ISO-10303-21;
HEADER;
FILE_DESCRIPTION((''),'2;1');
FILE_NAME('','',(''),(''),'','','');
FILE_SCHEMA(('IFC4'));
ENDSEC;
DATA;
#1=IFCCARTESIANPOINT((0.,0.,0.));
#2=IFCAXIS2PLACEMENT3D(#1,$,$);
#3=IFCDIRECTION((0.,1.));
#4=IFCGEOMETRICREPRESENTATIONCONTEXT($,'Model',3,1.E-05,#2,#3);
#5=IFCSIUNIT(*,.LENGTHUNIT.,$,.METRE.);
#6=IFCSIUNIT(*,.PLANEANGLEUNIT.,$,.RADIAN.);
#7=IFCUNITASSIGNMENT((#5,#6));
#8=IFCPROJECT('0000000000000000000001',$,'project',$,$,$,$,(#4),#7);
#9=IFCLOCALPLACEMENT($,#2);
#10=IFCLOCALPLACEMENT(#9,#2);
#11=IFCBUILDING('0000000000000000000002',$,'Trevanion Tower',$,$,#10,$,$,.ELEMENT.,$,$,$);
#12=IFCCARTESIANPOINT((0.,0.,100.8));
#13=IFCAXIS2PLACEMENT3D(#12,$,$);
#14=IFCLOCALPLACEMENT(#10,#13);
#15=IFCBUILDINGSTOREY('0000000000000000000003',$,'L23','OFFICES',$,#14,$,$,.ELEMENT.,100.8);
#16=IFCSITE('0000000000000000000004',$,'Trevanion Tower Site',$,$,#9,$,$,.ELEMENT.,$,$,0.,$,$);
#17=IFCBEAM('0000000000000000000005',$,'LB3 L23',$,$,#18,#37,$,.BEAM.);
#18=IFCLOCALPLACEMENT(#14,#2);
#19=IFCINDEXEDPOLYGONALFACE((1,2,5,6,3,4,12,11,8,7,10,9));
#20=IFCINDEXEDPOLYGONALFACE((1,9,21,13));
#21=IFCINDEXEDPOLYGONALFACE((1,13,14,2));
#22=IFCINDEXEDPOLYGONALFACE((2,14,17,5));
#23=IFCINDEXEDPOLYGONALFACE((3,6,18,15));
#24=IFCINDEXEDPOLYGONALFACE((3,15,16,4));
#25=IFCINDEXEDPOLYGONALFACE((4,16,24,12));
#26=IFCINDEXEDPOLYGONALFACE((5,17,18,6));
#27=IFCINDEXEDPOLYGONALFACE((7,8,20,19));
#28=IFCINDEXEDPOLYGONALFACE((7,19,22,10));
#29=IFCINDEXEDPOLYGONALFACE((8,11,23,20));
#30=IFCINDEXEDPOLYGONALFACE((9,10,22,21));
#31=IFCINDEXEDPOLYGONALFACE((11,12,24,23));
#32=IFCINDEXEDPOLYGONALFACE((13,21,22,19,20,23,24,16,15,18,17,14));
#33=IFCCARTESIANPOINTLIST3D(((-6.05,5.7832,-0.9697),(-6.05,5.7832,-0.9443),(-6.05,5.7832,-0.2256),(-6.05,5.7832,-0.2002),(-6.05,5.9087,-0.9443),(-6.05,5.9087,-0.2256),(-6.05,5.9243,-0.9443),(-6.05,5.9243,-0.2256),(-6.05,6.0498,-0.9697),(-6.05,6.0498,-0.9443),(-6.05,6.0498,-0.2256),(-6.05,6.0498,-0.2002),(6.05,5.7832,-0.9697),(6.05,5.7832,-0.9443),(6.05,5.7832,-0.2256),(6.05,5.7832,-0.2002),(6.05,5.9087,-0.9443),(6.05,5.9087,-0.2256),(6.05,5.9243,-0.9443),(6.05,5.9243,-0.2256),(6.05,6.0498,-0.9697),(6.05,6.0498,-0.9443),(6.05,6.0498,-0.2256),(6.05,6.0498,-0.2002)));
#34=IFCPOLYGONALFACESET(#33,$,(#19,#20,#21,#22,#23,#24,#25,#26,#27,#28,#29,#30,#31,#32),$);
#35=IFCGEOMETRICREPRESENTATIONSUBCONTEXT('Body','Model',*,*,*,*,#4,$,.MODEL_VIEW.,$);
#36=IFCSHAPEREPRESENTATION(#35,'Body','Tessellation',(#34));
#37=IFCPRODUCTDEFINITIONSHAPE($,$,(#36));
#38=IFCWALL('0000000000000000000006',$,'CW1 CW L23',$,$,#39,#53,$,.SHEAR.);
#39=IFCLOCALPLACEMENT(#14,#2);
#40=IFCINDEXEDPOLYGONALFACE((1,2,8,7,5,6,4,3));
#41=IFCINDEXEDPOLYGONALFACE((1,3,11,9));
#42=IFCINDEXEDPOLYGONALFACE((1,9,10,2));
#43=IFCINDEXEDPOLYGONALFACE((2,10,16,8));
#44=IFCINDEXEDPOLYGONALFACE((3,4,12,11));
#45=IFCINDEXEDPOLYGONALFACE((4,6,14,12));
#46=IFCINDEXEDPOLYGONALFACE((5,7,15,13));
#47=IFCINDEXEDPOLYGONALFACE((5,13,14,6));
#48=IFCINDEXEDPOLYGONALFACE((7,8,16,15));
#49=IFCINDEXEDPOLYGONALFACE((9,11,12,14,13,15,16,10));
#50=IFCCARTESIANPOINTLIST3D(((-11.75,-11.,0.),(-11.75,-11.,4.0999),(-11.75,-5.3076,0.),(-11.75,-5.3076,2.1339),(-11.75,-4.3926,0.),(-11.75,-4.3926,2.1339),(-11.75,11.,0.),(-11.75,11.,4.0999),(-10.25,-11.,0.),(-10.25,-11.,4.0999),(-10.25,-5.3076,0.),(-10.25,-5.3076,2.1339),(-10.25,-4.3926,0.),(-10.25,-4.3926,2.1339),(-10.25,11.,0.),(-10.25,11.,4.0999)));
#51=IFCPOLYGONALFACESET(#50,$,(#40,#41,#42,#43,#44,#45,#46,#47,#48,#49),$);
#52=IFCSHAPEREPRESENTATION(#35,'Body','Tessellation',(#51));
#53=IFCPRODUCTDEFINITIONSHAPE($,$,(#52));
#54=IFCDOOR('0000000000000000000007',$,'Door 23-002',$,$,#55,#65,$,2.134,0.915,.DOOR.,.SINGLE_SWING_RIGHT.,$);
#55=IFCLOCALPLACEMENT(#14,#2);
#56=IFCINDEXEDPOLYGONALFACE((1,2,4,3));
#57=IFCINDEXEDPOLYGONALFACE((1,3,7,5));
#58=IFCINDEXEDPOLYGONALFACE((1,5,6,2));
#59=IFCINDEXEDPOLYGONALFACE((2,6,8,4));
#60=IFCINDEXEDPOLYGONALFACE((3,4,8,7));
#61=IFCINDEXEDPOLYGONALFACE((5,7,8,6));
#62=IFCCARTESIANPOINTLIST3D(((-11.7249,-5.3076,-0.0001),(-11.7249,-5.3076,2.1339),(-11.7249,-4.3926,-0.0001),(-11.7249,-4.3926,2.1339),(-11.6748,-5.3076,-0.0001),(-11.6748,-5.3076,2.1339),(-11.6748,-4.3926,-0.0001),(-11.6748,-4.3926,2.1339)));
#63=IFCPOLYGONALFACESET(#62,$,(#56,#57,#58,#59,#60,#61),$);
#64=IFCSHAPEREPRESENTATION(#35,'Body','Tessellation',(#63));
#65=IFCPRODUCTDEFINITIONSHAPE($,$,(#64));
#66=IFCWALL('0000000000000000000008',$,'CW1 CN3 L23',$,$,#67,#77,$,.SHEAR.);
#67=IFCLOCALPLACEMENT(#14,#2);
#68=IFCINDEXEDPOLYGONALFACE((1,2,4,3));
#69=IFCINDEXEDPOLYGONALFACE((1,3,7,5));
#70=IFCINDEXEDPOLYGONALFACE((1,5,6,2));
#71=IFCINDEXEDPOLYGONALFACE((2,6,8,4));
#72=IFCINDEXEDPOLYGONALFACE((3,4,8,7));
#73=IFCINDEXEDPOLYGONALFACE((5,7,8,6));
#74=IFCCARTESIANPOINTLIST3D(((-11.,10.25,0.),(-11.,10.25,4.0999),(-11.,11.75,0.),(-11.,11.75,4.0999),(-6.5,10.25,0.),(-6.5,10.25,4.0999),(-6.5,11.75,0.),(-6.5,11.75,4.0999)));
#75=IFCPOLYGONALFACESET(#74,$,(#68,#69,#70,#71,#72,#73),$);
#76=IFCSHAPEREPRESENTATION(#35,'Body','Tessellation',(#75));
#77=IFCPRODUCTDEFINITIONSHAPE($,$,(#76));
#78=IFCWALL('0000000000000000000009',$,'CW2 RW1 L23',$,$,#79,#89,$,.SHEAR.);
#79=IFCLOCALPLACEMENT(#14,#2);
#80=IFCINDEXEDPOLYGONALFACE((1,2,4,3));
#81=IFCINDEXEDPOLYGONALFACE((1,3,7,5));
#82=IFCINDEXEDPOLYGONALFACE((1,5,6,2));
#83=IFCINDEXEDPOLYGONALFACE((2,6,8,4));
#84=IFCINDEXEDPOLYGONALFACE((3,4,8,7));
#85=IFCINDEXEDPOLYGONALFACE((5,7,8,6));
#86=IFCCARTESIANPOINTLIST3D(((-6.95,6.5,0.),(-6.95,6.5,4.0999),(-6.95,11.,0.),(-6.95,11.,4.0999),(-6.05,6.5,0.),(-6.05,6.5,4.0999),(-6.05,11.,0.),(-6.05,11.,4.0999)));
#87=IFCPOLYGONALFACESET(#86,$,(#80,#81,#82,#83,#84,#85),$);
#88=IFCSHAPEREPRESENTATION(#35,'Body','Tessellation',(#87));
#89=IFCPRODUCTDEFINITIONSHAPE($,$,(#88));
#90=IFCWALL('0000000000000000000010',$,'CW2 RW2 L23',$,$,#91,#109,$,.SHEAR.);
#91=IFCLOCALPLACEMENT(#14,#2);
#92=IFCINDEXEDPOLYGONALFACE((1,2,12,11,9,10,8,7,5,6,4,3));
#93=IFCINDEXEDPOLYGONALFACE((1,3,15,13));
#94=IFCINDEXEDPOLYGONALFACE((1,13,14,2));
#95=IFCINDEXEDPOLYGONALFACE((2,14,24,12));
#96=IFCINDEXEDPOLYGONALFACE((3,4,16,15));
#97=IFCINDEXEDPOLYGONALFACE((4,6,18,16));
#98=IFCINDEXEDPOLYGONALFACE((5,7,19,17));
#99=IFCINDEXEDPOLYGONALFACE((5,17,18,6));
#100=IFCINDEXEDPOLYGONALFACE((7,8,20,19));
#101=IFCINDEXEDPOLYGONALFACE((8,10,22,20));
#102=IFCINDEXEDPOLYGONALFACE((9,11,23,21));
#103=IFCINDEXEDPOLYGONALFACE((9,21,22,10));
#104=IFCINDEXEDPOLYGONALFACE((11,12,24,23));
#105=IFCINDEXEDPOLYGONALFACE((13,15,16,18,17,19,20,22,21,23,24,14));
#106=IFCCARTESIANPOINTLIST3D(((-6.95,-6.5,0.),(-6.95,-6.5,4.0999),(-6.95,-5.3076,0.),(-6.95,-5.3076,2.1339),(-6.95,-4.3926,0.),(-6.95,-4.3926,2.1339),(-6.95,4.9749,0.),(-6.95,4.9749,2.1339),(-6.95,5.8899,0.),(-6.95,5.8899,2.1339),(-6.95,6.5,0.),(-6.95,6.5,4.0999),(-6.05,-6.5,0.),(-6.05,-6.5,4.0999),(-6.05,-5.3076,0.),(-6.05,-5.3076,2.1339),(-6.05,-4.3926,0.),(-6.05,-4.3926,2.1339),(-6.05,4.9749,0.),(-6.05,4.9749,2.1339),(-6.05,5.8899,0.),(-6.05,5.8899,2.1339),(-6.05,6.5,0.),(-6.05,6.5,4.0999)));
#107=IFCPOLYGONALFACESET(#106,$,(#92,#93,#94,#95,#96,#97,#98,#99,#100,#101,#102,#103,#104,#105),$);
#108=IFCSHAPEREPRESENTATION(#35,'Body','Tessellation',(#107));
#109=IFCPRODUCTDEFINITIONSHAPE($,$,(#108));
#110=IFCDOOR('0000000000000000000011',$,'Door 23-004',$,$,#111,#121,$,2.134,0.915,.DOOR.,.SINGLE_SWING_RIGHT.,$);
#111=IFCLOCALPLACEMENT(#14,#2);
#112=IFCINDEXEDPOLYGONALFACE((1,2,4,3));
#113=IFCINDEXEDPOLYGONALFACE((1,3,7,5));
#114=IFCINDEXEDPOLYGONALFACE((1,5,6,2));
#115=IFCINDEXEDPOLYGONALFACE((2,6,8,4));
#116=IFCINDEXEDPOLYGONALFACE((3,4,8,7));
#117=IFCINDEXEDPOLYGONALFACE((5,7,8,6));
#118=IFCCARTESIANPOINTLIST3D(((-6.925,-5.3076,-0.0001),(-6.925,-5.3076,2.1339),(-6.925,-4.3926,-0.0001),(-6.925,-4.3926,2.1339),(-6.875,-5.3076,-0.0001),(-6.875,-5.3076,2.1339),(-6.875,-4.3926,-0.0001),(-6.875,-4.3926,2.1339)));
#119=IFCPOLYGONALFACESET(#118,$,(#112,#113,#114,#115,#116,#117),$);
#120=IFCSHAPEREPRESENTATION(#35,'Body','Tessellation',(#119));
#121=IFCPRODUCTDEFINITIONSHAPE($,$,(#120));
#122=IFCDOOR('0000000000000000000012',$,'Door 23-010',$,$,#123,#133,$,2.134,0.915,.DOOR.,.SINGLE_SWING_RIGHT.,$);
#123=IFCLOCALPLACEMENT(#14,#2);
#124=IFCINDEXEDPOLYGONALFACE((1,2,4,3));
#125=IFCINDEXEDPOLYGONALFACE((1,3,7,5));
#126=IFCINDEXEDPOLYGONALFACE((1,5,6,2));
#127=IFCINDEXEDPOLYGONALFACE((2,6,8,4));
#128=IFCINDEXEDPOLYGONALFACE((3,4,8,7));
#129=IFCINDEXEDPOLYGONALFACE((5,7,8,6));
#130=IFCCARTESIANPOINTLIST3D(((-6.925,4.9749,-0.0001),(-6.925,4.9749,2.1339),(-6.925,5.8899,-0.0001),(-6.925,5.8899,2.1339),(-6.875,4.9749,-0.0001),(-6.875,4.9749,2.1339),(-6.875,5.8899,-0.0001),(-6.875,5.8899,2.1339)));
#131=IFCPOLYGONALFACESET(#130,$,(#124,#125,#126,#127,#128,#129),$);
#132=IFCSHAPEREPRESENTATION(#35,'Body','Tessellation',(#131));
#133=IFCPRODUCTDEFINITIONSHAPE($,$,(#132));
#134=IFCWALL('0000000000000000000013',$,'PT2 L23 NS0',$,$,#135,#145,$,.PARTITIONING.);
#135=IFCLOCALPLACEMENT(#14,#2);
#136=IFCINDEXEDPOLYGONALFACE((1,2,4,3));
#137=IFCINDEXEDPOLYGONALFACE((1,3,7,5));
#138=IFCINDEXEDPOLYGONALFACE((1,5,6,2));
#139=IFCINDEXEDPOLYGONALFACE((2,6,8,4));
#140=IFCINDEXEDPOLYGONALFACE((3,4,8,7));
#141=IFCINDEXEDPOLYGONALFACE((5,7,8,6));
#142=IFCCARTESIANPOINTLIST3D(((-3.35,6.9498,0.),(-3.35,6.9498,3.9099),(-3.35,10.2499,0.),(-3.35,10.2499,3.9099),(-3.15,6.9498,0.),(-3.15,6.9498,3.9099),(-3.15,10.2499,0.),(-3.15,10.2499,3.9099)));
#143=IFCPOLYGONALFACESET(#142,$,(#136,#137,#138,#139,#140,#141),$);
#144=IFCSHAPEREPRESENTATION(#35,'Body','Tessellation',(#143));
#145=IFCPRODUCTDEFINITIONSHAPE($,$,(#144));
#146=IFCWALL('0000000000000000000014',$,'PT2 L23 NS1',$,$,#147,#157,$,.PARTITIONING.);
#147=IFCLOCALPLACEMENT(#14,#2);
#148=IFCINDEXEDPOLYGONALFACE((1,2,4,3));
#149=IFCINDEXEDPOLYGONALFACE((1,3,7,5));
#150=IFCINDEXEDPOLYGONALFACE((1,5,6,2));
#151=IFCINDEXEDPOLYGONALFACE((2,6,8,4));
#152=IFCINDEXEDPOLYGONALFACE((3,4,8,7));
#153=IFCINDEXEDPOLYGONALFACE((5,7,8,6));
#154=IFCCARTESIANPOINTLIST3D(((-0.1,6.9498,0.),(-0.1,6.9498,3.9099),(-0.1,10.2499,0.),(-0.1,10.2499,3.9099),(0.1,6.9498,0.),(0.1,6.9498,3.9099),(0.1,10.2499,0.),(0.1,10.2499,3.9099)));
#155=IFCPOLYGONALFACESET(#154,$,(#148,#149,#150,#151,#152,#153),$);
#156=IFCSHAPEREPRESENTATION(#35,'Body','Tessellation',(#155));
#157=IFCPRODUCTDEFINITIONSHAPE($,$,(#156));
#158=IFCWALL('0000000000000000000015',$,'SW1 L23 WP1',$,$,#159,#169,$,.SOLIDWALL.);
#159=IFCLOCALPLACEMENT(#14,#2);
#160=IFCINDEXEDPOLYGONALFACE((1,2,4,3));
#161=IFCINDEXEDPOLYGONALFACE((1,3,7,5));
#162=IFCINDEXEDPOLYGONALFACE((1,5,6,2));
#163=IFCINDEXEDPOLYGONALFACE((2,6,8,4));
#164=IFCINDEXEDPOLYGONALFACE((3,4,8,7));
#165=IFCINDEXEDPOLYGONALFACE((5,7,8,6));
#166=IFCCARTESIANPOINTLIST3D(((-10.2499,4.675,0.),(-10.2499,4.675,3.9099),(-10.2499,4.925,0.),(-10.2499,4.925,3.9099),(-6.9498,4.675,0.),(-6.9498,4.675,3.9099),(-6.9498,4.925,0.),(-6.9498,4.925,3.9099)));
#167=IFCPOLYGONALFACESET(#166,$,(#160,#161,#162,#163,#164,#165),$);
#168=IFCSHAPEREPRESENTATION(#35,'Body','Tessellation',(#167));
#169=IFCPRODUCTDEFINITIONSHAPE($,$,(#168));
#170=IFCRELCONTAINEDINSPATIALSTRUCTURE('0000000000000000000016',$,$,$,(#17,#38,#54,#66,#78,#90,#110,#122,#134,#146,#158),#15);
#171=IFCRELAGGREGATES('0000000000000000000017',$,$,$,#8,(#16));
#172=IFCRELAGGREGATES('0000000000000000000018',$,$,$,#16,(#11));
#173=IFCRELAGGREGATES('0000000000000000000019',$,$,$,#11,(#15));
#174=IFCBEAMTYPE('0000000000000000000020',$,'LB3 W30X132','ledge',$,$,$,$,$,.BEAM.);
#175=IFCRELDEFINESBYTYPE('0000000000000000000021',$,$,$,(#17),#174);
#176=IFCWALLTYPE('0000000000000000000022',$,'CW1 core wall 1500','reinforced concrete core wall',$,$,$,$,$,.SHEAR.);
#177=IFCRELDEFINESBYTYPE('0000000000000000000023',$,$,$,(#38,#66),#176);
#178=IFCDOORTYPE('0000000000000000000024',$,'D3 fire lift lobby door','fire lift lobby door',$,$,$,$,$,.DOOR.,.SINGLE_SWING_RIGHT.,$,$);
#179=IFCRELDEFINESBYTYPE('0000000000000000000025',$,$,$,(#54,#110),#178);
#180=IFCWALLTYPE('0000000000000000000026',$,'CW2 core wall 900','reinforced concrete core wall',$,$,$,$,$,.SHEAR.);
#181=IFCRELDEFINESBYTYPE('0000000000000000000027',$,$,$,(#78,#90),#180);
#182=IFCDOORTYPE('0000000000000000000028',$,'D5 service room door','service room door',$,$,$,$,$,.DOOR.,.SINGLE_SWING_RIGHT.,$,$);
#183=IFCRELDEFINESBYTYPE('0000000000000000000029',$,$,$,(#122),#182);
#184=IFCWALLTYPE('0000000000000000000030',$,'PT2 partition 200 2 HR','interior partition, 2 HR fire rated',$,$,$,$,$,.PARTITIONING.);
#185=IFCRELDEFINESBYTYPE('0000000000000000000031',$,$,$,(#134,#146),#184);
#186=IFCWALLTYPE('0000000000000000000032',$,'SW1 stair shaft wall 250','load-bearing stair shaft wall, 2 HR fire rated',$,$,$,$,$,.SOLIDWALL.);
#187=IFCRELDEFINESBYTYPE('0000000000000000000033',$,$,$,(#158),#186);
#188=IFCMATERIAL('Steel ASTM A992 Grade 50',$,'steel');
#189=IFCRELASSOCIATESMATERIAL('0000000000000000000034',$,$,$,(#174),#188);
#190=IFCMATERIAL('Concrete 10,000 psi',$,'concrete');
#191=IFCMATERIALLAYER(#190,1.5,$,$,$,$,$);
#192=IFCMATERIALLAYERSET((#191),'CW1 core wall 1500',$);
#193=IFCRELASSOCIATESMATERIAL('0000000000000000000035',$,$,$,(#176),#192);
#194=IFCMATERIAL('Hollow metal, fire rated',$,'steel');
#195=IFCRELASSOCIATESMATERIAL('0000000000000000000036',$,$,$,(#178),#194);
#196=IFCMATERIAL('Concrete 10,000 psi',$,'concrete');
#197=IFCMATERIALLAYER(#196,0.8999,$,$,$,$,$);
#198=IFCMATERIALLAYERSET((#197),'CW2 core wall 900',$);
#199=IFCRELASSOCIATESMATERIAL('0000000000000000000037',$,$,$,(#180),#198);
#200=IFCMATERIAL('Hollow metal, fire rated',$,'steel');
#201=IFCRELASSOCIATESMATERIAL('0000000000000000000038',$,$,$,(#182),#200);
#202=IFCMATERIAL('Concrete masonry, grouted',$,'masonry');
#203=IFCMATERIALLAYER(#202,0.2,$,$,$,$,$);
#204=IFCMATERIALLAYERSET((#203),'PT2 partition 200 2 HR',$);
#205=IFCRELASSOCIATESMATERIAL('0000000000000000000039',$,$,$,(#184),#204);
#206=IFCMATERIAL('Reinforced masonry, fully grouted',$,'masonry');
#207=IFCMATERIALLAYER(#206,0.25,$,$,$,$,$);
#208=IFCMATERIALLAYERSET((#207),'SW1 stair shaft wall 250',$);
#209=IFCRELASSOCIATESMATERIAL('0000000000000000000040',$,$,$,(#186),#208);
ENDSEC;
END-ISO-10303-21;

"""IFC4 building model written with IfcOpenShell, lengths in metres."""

from ifc_helpers import new_model, si_unit, direction, frame, frame_2d, origin, origin_2d, place, context, subcontext, project, spatial, rectangle, i_section, extrude, material, layer, layer_set, material_profile, profile_set, type_object, element, fill, save


model = new_model("IFC4")

# Units and contexts
model_context = context("Model", 3, precision=1e-05, world=origin(), true_north=direction((0.0, 1.0)))
body_context = subcontext(model_context, "Body", "Model", "MODEL_VIEW")
ifc_project = project(units=[si_unit("LENGTHUNIT", "METRE"), si_unit("PLANEANGLEUNIT", "RADIAN")], contexts=[model_context])

# Site, building, storey
site_placement = place(None, origin())
site = spatial("IfcSite", under=ifc_project, at=site_placement, Name="Trevanion Tower Site", CompositionType="ELEMENT", RefElevation=0.0)
building_placement = place(site_placement, origin())
building = spatial("IfcBuilding", under=site, at=building_placement, Name="Trevanion Tower", CompositionType="ELEMENT")
storey_placement = place(building_placement, frame((0.0, 0.0, 100.8)))
storey = spatial("IfcBuildingStorey", under=building, at=storey_placement, Name="L23", Description="OFFICES", CompositionType="ELEMENT", Elevation=100.8)

# Beam
ifc_material_1 = material(Name="Steel ASTM A992 Grade 50", Category="steel")
ifc_material_profile_1 = material_profile(ifc_material_1, i_section(OverallWidth=0.2666, OverallDepth=0.7695, WebThickness=0.0156, FlangeThickness=0.0254, at=origin_2d()), Name="W30X132")
ifc_profile_set_1 = profile_set([ifc_material_profile_1], Name="Steel ASTM A992 Grade 50")
beam_type_1 = type_object("IfcBeamType", Name="LB3 W30X132", Description="ledge", PredefinedType="BEAM", material=ifc_profile_set_1)
beam_1_placement = place(storey_placement, frame((-6.05, 5.9165, -0.585), z_axis=(1.0, 0.0, 0.0), x_axis=(0.0, 1.0, 0.0)))
element("IfcBeam", 1, at=beam_1_placement, inside=storey, type_object=beam_type_1, Name="LB3 L23", PredefinedType="BEAM", context=body_context, shape_type="SweptSolid", body=[
    extrude(i_section(OverallWidth=0.2666, OverallDepth=0.7695, WebThickness=0.0156, FlangeThickness=0.0254, at=origin_2d()), origin(), (0.0, 0.0, 1.0), 12.1001),
])

# Wall, opening, door
ifc_material_2 = material(Name="Concrete 10,000 psi", Category="concrete")
ifc_layer_1 = layer(ifc_material_2, 1.5)
ifc_layer_set_1 = layer_set([ifc_layer_1], Name="CW1 core wall 1500")
wall_type_1 = type_object("IfcWallType", Name="CW1 core wall 1500", Description="reinforced concrete core wall", PredefinedType="SHEAR", material=ifc_layer_set_1)
wall_1_placement = place(storey_placement, frame((-11.0, 11.0, 0.0), z_axis=(0.0, 0.0, 1.0), x_axis=(0.0, -1.0, 0.0)))
wall_1 = element("IfcWall", 2, at=wall_1_placement, inside=storey, type_object=wall_type_1, Name="CW1 CW L23", PredefinedType="SHEAR", context=body_context, shape_type="SweptSolid", body=[
    extrude(rectangle(XDim=22.0, YDim=1.5, at=frame_2d((11.0, 0.0))), origin(), (0.0, 0.0, 1.0), 4.0999),
])
opening_1_placement = place(wall_1_placement, frame((15.3926, 0.0, 0.0)))
opening_1 = element("IfcOpeningElement", 3, at=opening_1_placement, cuts=wall_1, PredefinedType="OPENING", context=body_context, shape_type="SweptSolid", body=[
    extrude(rectangle(XDim=0.915, YDim=2.134, at=frame_2d((0.4575, 1.0669))), frame((0.0, 0.76, 0.0), z_axis=(0.0, -1.0, 0.0), x_axis=(1.0, 0.0, 0.0)), (0.0, 0.0, 1.0), 1.52),
])
ifc_material_3 = material(Name="Hollow metal, fire rated", Category="steel")
door_type_1 = type_object("IfcDoorType", Name="D3 fire lift lobby door", Description="fire lift lobby door", OperationType="SINGLE_SWING_RIGHT", PredefinedType="DOOR", material=ifc_material_3)
door_1_placement = place(opening_1_placement, origin())
door_1 = element("IfcDoor", 4, at=door_1_placement, inside=storey, type_object=door_type_1, Name="Door 23-002", OperationType="SINGLE_SWING_RIGHT", OverallHeight=2.134, OverallWidth=0.915, PredefinedType="DOOR", context=body_context, shape_type="SweptSolid", body=[
    extrude(rectangle(XDim=0.915, YDim=2.134, at=frame_2d((0.4575, 1.0669))), frame((0.0, -0.6748, 0.0), z_axis=(0.0, -1.0, 0.0), x_axis=(1.0, 0.0, 0.0)), (0.0, 0.0, 1.0), 0.05),
])
fill(opening_1, door_1)

# Walls
wall_2_placement = place(storey_placement, frame((-6.5, 11.0, 0.0), z_axis=(0.0, 0.0, 1.0), x_axis=(-1.0, 0.0, 0.0)))
element("IfcWall", 5, at=wall_2_placement, inside=storey, type_object=wall_type_1, Name="CW1 CN3 L23", PredefinedType="SHEAR", context=body_context, shape_type="SweptSolid", body=[
    extrude(rectangle(XDim=4.5, YDim=1.5, at=frame_2d((2.25, 0.0))), origin(), (0.0, 0.0, 1.0), 4.0999),
])
ifc_material_4 = material(Name="Concrete 10,000 psi", Category="concrete")
ifc_layer_2 = layer(ifc_material_4, 0.8999)
ifc_layer_set_2 = layer_set([ifc_layer_2], Name="CW2 core wall 900")
wall_type_2 = type_object("IfcWallType", Name="CW2 core wall 900", Description="reinforced concrete core wall", PredefinedType="SHEAR", material=ifc_layer_set_2)
wall_3_placement = place(storey_placement, frame((-6.5, 11.0, 0.0), z_axis=(0.0, 0.0, 1.0), x_axis=(0.0, -1.0, 0.0)))
element("IfcWall", 6, at=wall_3_placement, inside=storey, type_object=wall_type_2, Name="CW2 RW1 L23", PredefinedType="SHEAR", context=body_context, shape_type="SweptSolid", body=[
    extrude(rectangle(XDim=4.5, YDim=0.8999, at=frame_2d((2.25, 0.0))), origin(), (0.0, 0.0, 1.0), 4.0999),
])

# Wall, openings, doors
wall_4_placement = place(storey_placement, frame((-6.5, 6.5, 0.0), z_axis=(0.0, 0.0, 1.0), x_axis=(0.0, -1.0, 0.0)))
wall_4 = element("IfcWall", 7, at=wall_4_placement, inside=storey, type_object=wall_type_2, Name="CW2 RW2 L23", PredefinedType="SHEAR", context=body_context, shape_type="SweptSolid", body=[
    extrude(rectangle(XDim=13.0, YDim=0.8999, at=frame_2d((6.5, 0.0))), origin(), (0.0, 0.0, 1.0), 4.0999),
])
opening_2_placement = place(wall_4_placement, frame((10.8926, 0.0, 0.0)))
opening_2 = element("IfcOpeningElement", 8, at=opening_2_placement, cuts=wall_4, PredefinedType="OPENING", context=body_context, shape_type="SweptSolid", body=[
    extrude(rectangle(XDim=0.915, YDim=2.134, at=frame_2d((0.4575, 1.0669))), frame((0.0, 0.46, 0.0), z_axis=(0.0, -1.0, 0.0), x_axis=(1.0, 0.0, 0.0)), (0.0, 0.0, 1.0), 0.9199),
])
opening_3_placement = place(wall_4_placement, frame((0.6101, 0.0, 0.0)))
opening_3 = element("IfcOpeningElement", 9, at=opening_3_placement, cuts=wall_4, PredefinedType="OPENING", context=body_context, shape_type="SweptSolid", body=[
    extrude(rectangle(XDim=0.915, YDim=2.134, at=frame_2d((0.4575, 1.0669))), frame((0.0, 0.46, 0.0), z_axis=(0.0, -1.0, 0.0), x_axis=(1.0, 0.0, 0.0)), (0.0, 0.0, 1.0), 0.9199),
])
door_2_placement = place(opening_2_placement, origin())
door_2 = element("IfcDoor", 10, at=door_2_placement, inside=storey, type_object=door_type_1, Name="Door 23-004", OperationType="SINGLE_SWING_RIGHT", OverallHeight=2.134, OverallWidth=0.915, PredefinedType="DOOR", context=body_context, shape_type="SweptSolid", body=[
    extrude(rectangle(XDim=0.915, YDim=2.134, at=frame_2d((0.4575, 1.0669))), frame((0.0, -0.375, 0.0), z_axis=(0.0, -1.0, 0.0), x_axis=(1.0, 0.0, 0.0)), (0.0, 0.0, 1.0), 0.05),
])
fill(opening_2, door_2)
ifc_material_5 = material(Name="Hollow metal, fire rated", Category="steel")
door_type_2 = type_object("IfcDoorType", Name="D5 service room door", Description="service room door", OperationType="SINGLE_SWING_RIGHT", PredefinedType="DOOR", material=ifc_material_5)
door_3_placement = place(opening_3_placement, origin())
door_3 = element("IfcDoor", 11, at=door_3_placement, inside=storey, type_object=door_type_2, Name="Door 23-010", OperationType="SINGLE_SWING_RIGHT", OverallHeight=2.134, OverallWidth=0.915, PredefinedType="DOOR", context=body_context, shape_type="SweptSolid", body=[
    extrude(rectangle(XDim=0.915, YDim=2.134, at=frame_2d((0.4575, 1.0669))), frame((0.0, -0.375, 0.0), z_axis=(0.0, -1.0, 0.0), x_axis=(1.0, 0.0, 0.0)), (0.0, 0.0, 1.0), 0.05),
])
fill(opening_3, door_3)

# Walls
ifc_material_6 = material(Name="Concrete masonry, grouted", Category="masonry")
ifc_layer_3 = layer(ifc_material_6, 0.2)
ifc_layer_set_3 = layer_set([ifc_layer_3], Name="PT2 partition 200 2 HR")
wall_type_3 = type_object("IfcWallType", Name="PT2 partition 200 2 HR", Description="interior partition, 2 HR fire rated", PredefinedType="PARTITIONING", material=ifc_layer_set_3)
for number, where, z_axis, x_axis, name in (
    (12, (-3.25, 6.95, 0.0), (0.0, 0.0, 1.0), (0.0, 1.0, 0.0), "PT2 L23 NS0"),
    (13, (0.0, 6.95, 0.0), (0.0, 0.0, 1.0), (0.0, 1.0, 0.0), "PT2 L23 NS1"),
):
    element("IfcWall", number, at=place(storey_placement, frame(where, z_axis=z_axis, x_axis=x_axis)), inside=storey, type_object=wall_type_3, Name=name, PredefinedType="PARTITIONING", context=body_context, shape_type="SweptSolid", body=[
        extrude(rectangle(XDim=3.3, YDim=0.2, at=frame_2d((1.6499, 0.0))), origin(), (0.0, 0.0, 1.0), 3.9099),
    ])
ifc_material_7 = material(Name="Reinforced masonry, fully grouted", Category="masonry")
ifc_layer_4 = layer(ifc_material_7, 0.25)
ifc_layer_set_4 = layer_set([ifc_layer_4], Name="SW1 stair shaft wall 250")
wall_type_4 = type_object("IfcWallType", Name="SW1 stair shaft wall 250", Description="load-bearing stair shaft wall, 2 HR fire rated", PredefinedType="SOLIDWALL", material=ifc_layer_set_4)
wall_5_placement = place(storey_placement, frame((-6.95, 4.8, 0.0), z_axis=(0.0, 0.0, 1.0), x_axis=(-1.0, 0.0, 0.0)))
element("IfcWall", 14, at=wall_5_placement, inside=storey, type_object=wall_type_4, Name="SW1 L23 WP1", PredefinedType="SOLIDWALL", context=body_context, shape_type="SweptSolid", body=[
    extrude(rectangle(XDim=3.3, YDim=0.25, at=frame_2d((1.6499, 0.0))), origin(), (0.0, 0.0, 1.0), 3.9099),
])

save(model, "model.ifc")
